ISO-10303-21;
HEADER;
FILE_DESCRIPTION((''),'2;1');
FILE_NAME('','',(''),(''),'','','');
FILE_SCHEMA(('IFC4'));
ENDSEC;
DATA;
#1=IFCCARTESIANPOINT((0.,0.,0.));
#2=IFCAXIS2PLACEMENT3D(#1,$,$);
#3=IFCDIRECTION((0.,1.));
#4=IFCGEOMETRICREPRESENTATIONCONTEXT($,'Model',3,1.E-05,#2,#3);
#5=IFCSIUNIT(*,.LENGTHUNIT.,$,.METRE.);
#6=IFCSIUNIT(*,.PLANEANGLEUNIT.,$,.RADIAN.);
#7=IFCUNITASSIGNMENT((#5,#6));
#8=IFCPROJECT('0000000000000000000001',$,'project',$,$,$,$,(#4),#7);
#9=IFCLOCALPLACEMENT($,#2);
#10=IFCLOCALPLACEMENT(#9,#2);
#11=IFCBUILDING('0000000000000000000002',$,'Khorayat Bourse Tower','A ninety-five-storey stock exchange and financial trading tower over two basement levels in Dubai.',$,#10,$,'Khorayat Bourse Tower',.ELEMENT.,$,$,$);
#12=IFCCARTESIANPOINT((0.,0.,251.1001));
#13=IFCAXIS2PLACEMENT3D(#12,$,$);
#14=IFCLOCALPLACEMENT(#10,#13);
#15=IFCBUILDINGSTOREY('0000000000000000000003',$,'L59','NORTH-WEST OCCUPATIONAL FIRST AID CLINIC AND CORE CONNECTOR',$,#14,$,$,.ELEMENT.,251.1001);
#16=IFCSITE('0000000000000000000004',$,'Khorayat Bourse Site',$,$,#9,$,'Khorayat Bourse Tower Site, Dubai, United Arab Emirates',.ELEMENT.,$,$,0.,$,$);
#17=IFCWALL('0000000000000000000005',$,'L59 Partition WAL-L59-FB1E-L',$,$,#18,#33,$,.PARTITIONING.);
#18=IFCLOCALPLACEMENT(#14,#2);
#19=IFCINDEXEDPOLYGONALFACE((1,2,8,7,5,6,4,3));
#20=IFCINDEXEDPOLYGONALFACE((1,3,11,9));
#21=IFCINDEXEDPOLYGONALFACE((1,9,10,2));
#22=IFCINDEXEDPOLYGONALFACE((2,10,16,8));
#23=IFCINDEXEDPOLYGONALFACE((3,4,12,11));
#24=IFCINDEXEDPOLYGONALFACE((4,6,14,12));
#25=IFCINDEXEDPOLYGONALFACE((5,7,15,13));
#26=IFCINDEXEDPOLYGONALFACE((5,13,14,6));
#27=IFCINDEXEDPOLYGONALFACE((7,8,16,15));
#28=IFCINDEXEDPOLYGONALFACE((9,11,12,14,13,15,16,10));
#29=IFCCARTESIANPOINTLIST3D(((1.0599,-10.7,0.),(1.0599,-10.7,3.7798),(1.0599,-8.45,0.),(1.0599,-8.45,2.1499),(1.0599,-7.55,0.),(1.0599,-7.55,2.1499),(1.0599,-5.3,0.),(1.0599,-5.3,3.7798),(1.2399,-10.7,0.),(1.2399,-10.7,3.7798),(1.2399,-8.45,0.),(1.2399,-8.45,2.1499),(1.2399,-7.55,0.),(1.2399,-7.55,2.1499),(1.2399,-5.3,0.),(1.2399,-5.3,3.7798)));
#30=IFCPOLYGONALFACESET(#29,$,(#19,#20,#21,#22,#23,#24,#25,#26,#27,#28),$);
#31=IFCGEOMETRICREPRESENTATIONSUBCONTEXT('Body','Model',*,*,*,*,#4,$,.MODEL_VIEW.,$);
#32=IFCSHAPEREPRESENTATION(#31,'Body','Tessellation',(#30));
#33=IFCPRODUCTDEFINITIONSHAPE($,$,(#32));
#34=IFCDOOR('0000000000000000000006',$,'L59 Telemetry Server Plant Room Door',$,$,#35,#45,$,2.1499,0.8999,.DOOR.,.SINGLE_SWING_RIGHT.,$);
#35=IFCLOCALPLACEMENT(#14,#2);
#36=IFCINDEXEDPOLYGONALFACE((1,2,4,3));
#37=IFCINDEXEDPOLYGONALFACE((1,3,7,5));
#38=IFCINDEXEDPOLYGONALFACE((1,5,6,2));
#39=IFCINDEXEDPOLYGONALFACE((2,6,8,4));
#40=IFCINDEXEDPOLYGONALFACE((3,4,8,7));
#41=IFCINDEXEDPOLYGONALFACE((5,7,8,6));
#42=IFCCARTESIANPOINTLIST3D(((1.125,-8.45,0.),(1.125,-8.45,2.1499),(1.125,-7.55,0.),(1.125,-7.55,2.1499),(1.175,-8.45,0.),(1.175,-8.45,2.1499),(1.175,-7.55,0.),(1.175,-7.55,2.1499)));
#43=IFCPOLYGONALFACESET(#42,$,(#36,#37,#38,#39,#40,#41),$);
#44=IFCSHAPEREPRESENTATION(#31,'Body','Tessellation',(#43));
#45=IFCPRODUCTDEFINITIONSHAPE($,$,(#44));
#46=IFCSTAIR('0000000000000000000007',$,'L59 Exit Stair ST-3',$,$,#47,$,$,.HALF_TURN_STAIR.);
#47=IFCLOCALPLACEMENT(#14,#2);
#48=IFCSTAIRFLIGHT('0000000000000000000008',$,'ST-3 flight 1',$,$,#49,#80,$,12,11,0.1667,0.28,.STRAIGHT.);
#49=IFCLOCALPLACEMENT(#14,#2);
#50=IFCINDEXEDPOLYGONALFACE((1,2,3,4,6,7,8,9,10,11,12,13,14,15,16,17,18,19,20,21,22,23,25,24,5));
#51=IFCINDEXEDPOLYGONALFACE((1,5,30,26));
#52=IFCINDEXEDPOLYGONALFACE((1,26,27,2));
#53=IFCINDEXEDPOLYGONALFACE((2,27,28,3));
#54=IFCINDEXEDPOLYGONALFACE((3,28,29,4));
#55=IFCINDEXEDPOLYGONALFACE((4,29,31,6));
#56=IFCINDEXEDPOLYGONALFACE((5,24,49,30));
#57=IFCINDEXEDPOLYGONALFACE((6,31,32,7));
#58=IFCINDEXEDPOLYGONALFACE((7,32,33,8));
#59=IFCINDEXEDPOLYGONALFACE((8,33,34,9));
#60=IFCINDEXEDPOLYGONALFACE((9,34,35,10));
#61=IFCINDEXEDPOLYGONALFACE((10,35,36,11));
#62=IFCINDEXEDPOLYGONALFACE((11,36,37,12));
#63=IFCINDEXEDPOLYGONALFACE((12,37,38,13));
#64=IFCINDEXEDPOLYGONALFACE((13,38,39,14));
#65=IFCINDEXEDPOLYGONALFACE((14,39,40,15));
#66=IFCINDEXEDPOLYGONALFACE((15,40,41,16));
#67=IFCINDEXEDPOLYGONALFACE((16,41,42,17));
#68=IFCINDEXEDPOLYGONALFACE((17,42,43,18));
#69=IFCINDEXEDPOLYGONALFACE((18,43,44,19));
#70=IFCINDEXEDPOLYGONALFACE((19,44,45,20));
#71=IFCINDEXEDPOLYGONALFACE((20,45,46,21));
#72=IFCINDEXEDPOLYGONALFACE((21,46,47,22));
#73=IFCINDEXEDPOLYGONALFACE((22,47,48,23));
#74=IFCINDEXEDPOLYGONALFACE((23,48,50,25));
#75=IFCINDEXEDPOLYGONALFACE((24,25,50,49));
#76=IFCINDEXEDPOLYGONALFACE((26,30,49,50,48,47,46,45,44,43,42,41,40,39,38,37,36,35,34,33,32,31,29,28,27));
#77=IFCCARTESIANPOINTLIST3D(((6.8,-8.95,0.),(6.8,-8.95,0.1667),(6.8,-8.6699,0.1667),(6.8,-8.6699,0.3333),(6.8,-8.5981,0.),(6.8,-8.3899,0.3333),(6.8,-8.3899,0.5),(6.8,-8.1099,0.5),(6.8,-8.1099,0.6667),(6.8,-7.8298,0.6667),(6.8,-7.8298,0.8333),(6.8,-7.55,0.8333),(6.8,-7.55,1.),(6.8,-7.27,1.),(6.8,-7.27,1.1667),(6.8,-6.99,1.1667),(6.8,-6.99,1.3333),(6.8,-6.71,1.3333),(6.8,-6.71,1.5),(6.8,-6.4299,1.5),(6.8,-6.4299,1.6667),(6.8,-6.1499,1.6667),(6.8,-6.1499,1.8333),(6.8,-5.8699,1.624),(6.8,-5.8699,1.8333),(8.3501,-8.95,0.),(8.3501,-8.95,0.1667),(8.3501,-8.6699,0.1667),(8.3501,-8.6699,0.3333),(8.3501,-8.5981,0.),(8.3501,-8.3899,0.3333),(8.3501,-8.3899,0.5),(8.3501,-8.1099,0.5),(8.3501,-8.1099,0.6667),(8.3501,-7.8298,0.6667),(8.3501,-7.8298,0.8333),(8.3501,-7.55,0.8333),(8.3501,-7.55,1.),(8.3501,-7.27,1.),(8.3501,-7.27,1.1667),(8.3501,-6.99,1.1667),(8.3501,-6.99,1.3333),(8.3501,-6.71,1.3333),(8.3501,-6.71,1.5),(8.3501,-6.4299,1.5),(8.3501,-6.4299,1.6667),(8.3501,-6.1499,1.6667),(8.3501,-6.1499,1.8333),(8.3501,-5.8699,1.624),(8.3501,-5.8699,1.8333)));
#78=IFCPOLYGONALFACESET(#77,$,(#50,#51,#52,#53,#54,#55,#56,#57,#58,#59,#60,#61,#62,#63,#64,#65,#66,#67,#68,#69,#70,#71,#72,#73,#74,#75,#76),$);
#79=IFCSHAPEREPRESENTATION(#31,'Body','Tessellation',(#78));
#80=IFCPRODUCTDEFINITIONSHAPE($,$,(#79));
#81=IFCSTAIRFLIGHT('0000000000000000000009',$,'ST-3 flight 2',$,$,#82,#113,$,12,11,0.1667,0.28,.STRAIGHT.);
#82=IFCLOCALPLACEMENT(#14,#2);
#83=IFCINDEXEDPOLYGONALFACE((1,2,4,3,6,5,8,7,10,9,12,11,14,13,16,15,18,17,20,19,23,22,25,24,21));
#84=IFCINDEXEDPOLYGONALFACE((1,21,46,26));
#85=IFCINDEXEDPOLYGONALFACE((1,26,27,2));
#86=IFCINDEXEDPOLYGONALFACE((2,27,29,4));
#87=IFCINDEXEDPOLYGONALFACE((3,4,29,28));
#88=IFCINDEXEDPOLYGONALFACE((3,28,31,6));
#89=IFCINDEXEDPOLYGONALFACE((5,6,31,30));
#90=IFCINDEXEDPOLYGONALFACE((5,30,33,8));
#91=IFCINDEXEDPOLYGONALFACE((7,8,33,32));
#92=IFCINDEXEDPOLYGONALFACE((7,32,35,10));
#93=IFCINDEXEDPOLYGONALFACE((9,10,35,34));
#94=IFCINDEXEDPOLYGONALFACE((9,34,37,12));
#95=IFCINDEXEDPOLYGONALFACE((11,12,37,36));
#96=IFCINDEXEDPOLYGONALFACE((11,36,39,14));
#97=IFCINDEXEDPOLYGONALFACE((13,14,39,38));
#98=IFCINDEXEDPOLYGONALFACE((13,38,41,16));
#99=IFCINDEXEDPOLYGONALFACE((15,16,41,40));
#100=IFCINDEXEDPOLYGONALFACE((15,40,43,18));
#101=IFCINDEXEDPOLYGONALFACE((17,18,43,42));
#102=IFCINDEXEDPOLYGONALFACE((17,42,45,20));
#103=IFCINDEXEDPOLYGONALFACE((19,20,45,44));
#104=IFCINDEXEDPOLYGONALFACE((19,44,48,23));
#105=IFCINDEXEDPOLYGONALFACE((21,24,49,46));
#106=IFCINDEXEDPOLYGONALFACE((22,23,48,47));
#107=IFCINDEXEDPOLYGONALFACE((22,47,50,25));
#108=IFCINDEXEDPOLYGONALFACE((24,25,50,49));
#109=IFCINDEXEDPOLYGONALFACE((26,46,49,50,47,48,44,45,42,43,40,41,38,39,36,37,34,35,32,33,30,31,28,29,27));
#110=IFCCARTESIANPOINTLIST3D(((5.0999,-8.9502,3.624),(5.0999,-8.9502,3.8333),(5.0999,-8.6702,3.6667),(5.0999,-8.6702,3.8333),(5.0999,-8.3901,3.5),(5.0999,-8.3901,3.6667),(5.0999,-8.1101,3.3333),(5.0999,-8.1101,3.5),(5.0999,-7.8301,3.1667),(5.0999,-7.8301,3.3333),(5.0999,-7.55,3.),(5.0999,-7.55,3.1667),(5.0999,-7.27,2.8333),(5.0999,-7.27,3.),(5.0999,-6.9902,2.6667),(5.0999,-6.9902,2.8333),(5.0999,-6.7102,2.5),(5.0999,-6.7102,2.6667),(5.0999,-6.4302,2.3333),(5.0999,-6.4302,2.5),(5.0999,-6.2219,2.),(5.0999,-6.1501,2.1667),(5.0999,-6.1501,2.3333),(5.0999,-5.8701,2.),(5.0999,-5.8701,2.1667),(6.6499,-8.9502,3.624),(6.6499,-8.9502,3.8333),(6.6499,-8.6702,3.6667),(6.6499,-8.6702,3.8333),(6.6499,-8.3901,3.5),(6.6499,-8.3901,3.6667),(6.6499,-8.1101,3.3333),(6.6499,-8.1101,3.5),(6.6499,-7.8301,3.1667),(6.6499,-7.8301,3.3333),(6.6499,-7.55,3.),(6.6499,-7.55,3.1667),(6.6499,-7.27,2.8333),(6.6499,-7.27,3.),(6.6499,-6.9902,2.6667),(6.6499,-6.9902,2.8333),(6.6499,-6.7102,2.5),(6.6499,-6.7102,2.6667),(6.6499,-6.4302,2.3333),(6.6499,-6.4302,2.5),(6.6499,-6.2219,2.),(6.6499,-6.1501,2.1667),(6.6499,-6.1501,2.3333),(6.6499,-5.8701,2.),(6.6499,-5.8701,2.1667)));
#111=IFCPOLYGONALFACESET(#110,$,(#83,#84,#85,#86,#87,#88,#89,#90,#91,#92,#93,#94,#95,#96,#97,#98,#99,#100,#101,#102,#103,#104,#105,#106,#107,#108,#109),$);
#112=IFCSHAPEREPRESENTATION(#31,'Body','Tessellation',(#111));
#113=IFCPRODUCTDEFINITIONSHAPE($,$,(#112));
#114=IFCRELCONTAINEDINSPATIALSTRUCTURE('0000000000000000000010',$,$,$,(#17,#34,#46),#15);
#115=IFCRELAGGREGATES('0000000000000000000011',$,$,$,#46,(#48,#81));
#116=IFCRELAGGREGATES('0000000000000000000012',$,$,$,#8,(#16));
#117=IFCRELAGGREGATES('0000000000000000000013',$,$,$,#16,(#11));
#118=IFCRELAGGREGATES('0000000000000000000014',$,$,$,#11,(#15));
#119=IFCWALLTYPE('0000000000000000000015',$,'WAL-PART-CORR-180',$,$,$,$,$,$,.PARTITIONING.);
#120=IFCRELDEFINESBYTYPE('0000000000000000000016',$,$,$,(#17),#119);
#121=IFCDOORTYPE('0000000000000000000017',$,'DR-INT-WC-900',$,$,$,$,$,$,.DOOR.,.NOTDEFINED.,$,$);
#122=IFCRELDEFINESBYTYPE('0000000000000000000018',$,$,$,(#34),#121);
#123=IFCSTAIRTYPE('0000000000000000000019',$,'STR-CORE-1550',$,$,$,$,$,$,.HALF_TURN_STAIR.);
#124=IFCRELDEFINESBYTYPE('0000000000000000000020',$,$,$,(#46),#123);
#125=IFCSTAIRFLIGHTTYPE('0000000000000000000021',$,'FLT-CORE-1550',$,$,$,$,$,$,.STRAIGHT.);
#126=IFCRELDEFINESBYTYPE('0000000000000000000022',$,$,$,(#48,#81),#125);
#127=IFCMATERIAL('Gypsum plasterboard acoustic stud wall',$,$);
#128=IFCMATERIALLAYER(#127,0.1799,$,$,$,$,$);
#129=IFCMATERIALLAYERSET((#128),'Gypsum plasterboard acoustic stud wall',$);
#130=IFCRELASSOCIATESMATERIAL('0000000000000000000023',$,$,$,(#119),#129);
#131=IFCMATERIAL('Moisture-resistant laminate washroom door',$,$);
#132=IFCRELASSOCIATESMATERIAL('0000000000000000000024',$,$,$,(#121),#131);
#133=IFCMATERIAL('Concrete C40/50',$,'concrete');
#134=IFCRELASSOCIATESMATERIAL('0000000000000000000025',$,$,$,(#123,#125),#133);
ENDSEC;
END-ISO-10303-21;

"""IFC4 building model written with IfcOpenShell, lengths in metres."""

from ifc_helpers import new_model, si_unit, direction, frame, frame_2d, origin, place, context, subcontext, project, spatial, polyline, rectangle, outline, extrude, source, transform, mapped, material, layer, layer_set, type_object, element, fill, aggregate, save


model = new_model("IFC4")

# Units and contexts
model_context = context("Model", 3, precision=1e-05, world=origin(), true_north=direction((0.0, 1.0)))
body_context = subcontext(model_context, "Body", "Model", "MODEL_VIEW")
ifc_project = project(units=[si_unit("LENGTHUNIT", "METRE"), si_unit("PLANEANGLEUNIT", "RADIAN")], contexts=[model_context])

# Site, building, storey
site_placement = place(None, origin())
site = spatial("IfcSite", under=ifc_project, at=site_placement, Name="Khorayat Bourse Site", LongName="Khorayat Bourse Tower Site, Dubai, United Arab Emirates", CompositionType="ELEMENT", RefElevation=0.0)
building_placement = place(site_placement, origin())
building = spatial("IfcBuilding", under=site, at=building_placement, Name="Khorayat Bourse Tower", Description="A ninety-five-storey stock exchange and financial trading tower over two basement levels in Dubai.", LongName="Khorayat Bourse Tower", CompositionType="ELEMENT")
storey_placement = place(building_placement, frame((0.0, 0.0, 251.1001)))
storey = spatial("IfcBuildingStorey", under=building, at=storey_placement, Name="L59", Description="NORTH-WEST OCCUPATIONAL FIRST AID CLINIC AND CORE CONNECTOR", CompositionType="ELEMENT", Elevation=251.1001)

# Wall, opening, door
ifc_material_1 = material(Name="Gypsum plasterboard acoustic stud wall")
ifc_layer_1 = layer(ifc_material_1, 0.1799)
ifc_layer_set_1 = layer_set([ifc_layer_1], Name="Gypsum plasterboard acoustic stud wall")
wall_type_1 = type_object("IfcWallType", Name="WAL-PART-CORR-180", PredefinedType="PARTITIONING", material=ifc_layer_set_1)
shared_shape_1 = source(origin(), body_context, "Body", "SweptSolid", [
    extrude(rectangle(XDim=5.3999, YDim=0.1799, at=frame_2d((2.7, 0.0))), origin(), (0.0, 0.0, 1.0), 3.7798),
])
wall_1_placement = place(storey_placement, frame((1.1499, -10.7, 0.0), z_axis=(0.0, 0.0, 1.0), x_axis=(0.0, 1.0, 0.0)))
wall_1 = element("IfcWall", 1, at=wall_1_placement, inside=storey, type_object=wall_type_1, Name="L59 Partition WAL-L59-FB1E-L", PredefinedType="PARTITIONING", context=body_context, shape_type="MappedRepresentation", body=[
    mapped(shared_shape_1, transform((0.0, 0.0, 0.0), scale=1.0)),
])
shared_shape_2 = source(origin(), body_context, "Body", "SweptSolid", [
    extrude(rectangle(XDim=0.8999, YDim=2.1499, at=frame_2d((0.45, 1.075))), frame((0.0, 0.0999, 0.0), z_axis=(0.0, -1.0, 0.0), x_axis=(1.0, 0.0, 0.0)), (0.0, 0.0, 1.0), 0.2),
])
opening_1_placement = place(wall_1_placement, frame((2.25, 0.0, 0.0)))
opening_1 = element("IfcOpeningElement", 2, at=opening_1_placement, cuts=wall_1, PredefinedType="OPENING", context=body_context, shape_type="MappedRepresentation", body=[
    mapped(shared_shape_2, transform((0.0, 0.0, 0.0), scale=1.0)),
])
ifc_material_2 = material(Name="Moisture-resistant laminate washroom door")
door_type = type_object("IfcDoorType", Name="DR-INT-WC-900", OperationType="NOTDEFINED", PredefinedType="DOOR", material=ifc_material_2)
shared_shape_3 = source(origin(), body_context, "Body", "SweptSolid", [
    extrude(rectangle(XDim=0.8999, YDim=2.1499, at=frame_2d((0.45, 1.075))), frame((0.0, 0.0249, 0.0), z_axis=(0.0, -1.0, 0.0), x_axis=(1.0, 0.0, 0.0)), (0.0, 0.0, 1.0), 0.05),
])
door_1_placement = place(opening_1_placement, origin())
door_1 = element("IfcDoor", 3, at=door_1_placement, inside=storey, type_object=door_type, Name="L59 Telemetry Server Plant Room Door", OperationType="SINGLE_SWING_RIGHT", OverallHeight=2.1499, OverallWidth=0.8999, PredefinedType="DOOR", context=body_context, shape_type="MappedRepresentation", body=[
    mapped(shared_shape_3, transform((0.0, 0.0, 0.0), scale=1.0)),
])
fill(opening_1, door_1)

# Stair, stair flights
ifc_material_3 = material(Name="Concrete C40/50", Category="concrete")
stair_type = type_object("IfcStairType", Name="STR-CORE-1550", PredefinedType="HALF_TURN_STAIR", material=ifc_material_3)
stair_placement = place(storey_placement, origin())
stair = element("IfcStair", 4, at=stair_placement, inside=storey, type_object=stair_type, Name="L59 Exit Stair ST-3", PredefinedType="HALF_TURN_STAIR")
stair_flight_type = type_object("IfcStairFlightType", Name="FLT-CORE-1550", PredefinedType="STRAIGHT", material=ifc_material_3)
shared_shape_4 = source(origin(), body_context, "Body", "SweptSolid", [
    extrude(outline(polyline([(0.0, 0.0), (0.0, 0.1667), (0.28, 0.1667), (0.28, 0.3333), (0.5601, 0.3333), (0.5601, 0.5), (0.8401, 0.5), (0.8401, 0.6667), (1.1201, 0.6667), (1.1201, 0.8333), (1.3999, 0.8333), (1.3999, 1.0), (1.6799, 1.0), (1.6799, 1.1667), (1.96, 1.1667), (1.96, 1.3333), (2.24, 1.3333), (2.24, 1.5), (2.52, 1.5), (2.52, 1.6667), (2.8, 1.6667), (2.8, 1.8333), (3.0801, 1.8333), (3.0801, 2.0), (3.0801, 1.624), (0.3518, 0.0), (0.0, 0.0)])), frame((0.0, 0.7749, 0.0), z_axis=(0.0, -1.0, 0.0), x_axis=(1.0, 0.0, 0.0)), (0.0, 0.0, 1.0), 1.55),
])
stair_flight_1_placement = place(storey_placement, frame((7.575, -8.95, 0.0), z_axis=(0.0, 0.0, 1.0), x_axis=(0.0, 1.0, 0.0)))
stair_flight_1 = element("IfcStairFlight", 5, at=stair_flight_1_placement, type_object=stair_flight_type, Name="ST-3 flight 1", NumberOfRisers=12, NumberOfTreads=11, PredefinedType="STRAIGHT", RiserHeight=0.1667, TreadLength=0.28, context=body_context, shape_type="MappedRepresentation", body=[
    mapped(shared_shape_4, transform((0.0, 0.0, 0.0), scale=1.0)),
])
stair_flight_2_placement = place(storey_placement, frame((5.875, -5.8701, 2.0), z_axis=(0.0, 0.0, 1.0), x_axis=(0.0, -1.0, 0.0)))
stair_flight_2 = element("IfcStairFlight", 6, at=stair_flight_2_placement, type_object=stair_flight_type, Name="ST-3 flight 2", NumberOfRisers=12, NumberOfTreads=11, PredefinedType="STRAIGHT", RiserHeight=0.1667, TreadLength=0.28, context=body_context, shape_type="MappedRepresentation", body=[
    mapped(shared_shape_4, transform((0.0, 0.0, 0.0), scale=1.0)),
])
aggregate(stair, [stair_flight_1, stair_flight_2])

save(model, "model.ifc")
